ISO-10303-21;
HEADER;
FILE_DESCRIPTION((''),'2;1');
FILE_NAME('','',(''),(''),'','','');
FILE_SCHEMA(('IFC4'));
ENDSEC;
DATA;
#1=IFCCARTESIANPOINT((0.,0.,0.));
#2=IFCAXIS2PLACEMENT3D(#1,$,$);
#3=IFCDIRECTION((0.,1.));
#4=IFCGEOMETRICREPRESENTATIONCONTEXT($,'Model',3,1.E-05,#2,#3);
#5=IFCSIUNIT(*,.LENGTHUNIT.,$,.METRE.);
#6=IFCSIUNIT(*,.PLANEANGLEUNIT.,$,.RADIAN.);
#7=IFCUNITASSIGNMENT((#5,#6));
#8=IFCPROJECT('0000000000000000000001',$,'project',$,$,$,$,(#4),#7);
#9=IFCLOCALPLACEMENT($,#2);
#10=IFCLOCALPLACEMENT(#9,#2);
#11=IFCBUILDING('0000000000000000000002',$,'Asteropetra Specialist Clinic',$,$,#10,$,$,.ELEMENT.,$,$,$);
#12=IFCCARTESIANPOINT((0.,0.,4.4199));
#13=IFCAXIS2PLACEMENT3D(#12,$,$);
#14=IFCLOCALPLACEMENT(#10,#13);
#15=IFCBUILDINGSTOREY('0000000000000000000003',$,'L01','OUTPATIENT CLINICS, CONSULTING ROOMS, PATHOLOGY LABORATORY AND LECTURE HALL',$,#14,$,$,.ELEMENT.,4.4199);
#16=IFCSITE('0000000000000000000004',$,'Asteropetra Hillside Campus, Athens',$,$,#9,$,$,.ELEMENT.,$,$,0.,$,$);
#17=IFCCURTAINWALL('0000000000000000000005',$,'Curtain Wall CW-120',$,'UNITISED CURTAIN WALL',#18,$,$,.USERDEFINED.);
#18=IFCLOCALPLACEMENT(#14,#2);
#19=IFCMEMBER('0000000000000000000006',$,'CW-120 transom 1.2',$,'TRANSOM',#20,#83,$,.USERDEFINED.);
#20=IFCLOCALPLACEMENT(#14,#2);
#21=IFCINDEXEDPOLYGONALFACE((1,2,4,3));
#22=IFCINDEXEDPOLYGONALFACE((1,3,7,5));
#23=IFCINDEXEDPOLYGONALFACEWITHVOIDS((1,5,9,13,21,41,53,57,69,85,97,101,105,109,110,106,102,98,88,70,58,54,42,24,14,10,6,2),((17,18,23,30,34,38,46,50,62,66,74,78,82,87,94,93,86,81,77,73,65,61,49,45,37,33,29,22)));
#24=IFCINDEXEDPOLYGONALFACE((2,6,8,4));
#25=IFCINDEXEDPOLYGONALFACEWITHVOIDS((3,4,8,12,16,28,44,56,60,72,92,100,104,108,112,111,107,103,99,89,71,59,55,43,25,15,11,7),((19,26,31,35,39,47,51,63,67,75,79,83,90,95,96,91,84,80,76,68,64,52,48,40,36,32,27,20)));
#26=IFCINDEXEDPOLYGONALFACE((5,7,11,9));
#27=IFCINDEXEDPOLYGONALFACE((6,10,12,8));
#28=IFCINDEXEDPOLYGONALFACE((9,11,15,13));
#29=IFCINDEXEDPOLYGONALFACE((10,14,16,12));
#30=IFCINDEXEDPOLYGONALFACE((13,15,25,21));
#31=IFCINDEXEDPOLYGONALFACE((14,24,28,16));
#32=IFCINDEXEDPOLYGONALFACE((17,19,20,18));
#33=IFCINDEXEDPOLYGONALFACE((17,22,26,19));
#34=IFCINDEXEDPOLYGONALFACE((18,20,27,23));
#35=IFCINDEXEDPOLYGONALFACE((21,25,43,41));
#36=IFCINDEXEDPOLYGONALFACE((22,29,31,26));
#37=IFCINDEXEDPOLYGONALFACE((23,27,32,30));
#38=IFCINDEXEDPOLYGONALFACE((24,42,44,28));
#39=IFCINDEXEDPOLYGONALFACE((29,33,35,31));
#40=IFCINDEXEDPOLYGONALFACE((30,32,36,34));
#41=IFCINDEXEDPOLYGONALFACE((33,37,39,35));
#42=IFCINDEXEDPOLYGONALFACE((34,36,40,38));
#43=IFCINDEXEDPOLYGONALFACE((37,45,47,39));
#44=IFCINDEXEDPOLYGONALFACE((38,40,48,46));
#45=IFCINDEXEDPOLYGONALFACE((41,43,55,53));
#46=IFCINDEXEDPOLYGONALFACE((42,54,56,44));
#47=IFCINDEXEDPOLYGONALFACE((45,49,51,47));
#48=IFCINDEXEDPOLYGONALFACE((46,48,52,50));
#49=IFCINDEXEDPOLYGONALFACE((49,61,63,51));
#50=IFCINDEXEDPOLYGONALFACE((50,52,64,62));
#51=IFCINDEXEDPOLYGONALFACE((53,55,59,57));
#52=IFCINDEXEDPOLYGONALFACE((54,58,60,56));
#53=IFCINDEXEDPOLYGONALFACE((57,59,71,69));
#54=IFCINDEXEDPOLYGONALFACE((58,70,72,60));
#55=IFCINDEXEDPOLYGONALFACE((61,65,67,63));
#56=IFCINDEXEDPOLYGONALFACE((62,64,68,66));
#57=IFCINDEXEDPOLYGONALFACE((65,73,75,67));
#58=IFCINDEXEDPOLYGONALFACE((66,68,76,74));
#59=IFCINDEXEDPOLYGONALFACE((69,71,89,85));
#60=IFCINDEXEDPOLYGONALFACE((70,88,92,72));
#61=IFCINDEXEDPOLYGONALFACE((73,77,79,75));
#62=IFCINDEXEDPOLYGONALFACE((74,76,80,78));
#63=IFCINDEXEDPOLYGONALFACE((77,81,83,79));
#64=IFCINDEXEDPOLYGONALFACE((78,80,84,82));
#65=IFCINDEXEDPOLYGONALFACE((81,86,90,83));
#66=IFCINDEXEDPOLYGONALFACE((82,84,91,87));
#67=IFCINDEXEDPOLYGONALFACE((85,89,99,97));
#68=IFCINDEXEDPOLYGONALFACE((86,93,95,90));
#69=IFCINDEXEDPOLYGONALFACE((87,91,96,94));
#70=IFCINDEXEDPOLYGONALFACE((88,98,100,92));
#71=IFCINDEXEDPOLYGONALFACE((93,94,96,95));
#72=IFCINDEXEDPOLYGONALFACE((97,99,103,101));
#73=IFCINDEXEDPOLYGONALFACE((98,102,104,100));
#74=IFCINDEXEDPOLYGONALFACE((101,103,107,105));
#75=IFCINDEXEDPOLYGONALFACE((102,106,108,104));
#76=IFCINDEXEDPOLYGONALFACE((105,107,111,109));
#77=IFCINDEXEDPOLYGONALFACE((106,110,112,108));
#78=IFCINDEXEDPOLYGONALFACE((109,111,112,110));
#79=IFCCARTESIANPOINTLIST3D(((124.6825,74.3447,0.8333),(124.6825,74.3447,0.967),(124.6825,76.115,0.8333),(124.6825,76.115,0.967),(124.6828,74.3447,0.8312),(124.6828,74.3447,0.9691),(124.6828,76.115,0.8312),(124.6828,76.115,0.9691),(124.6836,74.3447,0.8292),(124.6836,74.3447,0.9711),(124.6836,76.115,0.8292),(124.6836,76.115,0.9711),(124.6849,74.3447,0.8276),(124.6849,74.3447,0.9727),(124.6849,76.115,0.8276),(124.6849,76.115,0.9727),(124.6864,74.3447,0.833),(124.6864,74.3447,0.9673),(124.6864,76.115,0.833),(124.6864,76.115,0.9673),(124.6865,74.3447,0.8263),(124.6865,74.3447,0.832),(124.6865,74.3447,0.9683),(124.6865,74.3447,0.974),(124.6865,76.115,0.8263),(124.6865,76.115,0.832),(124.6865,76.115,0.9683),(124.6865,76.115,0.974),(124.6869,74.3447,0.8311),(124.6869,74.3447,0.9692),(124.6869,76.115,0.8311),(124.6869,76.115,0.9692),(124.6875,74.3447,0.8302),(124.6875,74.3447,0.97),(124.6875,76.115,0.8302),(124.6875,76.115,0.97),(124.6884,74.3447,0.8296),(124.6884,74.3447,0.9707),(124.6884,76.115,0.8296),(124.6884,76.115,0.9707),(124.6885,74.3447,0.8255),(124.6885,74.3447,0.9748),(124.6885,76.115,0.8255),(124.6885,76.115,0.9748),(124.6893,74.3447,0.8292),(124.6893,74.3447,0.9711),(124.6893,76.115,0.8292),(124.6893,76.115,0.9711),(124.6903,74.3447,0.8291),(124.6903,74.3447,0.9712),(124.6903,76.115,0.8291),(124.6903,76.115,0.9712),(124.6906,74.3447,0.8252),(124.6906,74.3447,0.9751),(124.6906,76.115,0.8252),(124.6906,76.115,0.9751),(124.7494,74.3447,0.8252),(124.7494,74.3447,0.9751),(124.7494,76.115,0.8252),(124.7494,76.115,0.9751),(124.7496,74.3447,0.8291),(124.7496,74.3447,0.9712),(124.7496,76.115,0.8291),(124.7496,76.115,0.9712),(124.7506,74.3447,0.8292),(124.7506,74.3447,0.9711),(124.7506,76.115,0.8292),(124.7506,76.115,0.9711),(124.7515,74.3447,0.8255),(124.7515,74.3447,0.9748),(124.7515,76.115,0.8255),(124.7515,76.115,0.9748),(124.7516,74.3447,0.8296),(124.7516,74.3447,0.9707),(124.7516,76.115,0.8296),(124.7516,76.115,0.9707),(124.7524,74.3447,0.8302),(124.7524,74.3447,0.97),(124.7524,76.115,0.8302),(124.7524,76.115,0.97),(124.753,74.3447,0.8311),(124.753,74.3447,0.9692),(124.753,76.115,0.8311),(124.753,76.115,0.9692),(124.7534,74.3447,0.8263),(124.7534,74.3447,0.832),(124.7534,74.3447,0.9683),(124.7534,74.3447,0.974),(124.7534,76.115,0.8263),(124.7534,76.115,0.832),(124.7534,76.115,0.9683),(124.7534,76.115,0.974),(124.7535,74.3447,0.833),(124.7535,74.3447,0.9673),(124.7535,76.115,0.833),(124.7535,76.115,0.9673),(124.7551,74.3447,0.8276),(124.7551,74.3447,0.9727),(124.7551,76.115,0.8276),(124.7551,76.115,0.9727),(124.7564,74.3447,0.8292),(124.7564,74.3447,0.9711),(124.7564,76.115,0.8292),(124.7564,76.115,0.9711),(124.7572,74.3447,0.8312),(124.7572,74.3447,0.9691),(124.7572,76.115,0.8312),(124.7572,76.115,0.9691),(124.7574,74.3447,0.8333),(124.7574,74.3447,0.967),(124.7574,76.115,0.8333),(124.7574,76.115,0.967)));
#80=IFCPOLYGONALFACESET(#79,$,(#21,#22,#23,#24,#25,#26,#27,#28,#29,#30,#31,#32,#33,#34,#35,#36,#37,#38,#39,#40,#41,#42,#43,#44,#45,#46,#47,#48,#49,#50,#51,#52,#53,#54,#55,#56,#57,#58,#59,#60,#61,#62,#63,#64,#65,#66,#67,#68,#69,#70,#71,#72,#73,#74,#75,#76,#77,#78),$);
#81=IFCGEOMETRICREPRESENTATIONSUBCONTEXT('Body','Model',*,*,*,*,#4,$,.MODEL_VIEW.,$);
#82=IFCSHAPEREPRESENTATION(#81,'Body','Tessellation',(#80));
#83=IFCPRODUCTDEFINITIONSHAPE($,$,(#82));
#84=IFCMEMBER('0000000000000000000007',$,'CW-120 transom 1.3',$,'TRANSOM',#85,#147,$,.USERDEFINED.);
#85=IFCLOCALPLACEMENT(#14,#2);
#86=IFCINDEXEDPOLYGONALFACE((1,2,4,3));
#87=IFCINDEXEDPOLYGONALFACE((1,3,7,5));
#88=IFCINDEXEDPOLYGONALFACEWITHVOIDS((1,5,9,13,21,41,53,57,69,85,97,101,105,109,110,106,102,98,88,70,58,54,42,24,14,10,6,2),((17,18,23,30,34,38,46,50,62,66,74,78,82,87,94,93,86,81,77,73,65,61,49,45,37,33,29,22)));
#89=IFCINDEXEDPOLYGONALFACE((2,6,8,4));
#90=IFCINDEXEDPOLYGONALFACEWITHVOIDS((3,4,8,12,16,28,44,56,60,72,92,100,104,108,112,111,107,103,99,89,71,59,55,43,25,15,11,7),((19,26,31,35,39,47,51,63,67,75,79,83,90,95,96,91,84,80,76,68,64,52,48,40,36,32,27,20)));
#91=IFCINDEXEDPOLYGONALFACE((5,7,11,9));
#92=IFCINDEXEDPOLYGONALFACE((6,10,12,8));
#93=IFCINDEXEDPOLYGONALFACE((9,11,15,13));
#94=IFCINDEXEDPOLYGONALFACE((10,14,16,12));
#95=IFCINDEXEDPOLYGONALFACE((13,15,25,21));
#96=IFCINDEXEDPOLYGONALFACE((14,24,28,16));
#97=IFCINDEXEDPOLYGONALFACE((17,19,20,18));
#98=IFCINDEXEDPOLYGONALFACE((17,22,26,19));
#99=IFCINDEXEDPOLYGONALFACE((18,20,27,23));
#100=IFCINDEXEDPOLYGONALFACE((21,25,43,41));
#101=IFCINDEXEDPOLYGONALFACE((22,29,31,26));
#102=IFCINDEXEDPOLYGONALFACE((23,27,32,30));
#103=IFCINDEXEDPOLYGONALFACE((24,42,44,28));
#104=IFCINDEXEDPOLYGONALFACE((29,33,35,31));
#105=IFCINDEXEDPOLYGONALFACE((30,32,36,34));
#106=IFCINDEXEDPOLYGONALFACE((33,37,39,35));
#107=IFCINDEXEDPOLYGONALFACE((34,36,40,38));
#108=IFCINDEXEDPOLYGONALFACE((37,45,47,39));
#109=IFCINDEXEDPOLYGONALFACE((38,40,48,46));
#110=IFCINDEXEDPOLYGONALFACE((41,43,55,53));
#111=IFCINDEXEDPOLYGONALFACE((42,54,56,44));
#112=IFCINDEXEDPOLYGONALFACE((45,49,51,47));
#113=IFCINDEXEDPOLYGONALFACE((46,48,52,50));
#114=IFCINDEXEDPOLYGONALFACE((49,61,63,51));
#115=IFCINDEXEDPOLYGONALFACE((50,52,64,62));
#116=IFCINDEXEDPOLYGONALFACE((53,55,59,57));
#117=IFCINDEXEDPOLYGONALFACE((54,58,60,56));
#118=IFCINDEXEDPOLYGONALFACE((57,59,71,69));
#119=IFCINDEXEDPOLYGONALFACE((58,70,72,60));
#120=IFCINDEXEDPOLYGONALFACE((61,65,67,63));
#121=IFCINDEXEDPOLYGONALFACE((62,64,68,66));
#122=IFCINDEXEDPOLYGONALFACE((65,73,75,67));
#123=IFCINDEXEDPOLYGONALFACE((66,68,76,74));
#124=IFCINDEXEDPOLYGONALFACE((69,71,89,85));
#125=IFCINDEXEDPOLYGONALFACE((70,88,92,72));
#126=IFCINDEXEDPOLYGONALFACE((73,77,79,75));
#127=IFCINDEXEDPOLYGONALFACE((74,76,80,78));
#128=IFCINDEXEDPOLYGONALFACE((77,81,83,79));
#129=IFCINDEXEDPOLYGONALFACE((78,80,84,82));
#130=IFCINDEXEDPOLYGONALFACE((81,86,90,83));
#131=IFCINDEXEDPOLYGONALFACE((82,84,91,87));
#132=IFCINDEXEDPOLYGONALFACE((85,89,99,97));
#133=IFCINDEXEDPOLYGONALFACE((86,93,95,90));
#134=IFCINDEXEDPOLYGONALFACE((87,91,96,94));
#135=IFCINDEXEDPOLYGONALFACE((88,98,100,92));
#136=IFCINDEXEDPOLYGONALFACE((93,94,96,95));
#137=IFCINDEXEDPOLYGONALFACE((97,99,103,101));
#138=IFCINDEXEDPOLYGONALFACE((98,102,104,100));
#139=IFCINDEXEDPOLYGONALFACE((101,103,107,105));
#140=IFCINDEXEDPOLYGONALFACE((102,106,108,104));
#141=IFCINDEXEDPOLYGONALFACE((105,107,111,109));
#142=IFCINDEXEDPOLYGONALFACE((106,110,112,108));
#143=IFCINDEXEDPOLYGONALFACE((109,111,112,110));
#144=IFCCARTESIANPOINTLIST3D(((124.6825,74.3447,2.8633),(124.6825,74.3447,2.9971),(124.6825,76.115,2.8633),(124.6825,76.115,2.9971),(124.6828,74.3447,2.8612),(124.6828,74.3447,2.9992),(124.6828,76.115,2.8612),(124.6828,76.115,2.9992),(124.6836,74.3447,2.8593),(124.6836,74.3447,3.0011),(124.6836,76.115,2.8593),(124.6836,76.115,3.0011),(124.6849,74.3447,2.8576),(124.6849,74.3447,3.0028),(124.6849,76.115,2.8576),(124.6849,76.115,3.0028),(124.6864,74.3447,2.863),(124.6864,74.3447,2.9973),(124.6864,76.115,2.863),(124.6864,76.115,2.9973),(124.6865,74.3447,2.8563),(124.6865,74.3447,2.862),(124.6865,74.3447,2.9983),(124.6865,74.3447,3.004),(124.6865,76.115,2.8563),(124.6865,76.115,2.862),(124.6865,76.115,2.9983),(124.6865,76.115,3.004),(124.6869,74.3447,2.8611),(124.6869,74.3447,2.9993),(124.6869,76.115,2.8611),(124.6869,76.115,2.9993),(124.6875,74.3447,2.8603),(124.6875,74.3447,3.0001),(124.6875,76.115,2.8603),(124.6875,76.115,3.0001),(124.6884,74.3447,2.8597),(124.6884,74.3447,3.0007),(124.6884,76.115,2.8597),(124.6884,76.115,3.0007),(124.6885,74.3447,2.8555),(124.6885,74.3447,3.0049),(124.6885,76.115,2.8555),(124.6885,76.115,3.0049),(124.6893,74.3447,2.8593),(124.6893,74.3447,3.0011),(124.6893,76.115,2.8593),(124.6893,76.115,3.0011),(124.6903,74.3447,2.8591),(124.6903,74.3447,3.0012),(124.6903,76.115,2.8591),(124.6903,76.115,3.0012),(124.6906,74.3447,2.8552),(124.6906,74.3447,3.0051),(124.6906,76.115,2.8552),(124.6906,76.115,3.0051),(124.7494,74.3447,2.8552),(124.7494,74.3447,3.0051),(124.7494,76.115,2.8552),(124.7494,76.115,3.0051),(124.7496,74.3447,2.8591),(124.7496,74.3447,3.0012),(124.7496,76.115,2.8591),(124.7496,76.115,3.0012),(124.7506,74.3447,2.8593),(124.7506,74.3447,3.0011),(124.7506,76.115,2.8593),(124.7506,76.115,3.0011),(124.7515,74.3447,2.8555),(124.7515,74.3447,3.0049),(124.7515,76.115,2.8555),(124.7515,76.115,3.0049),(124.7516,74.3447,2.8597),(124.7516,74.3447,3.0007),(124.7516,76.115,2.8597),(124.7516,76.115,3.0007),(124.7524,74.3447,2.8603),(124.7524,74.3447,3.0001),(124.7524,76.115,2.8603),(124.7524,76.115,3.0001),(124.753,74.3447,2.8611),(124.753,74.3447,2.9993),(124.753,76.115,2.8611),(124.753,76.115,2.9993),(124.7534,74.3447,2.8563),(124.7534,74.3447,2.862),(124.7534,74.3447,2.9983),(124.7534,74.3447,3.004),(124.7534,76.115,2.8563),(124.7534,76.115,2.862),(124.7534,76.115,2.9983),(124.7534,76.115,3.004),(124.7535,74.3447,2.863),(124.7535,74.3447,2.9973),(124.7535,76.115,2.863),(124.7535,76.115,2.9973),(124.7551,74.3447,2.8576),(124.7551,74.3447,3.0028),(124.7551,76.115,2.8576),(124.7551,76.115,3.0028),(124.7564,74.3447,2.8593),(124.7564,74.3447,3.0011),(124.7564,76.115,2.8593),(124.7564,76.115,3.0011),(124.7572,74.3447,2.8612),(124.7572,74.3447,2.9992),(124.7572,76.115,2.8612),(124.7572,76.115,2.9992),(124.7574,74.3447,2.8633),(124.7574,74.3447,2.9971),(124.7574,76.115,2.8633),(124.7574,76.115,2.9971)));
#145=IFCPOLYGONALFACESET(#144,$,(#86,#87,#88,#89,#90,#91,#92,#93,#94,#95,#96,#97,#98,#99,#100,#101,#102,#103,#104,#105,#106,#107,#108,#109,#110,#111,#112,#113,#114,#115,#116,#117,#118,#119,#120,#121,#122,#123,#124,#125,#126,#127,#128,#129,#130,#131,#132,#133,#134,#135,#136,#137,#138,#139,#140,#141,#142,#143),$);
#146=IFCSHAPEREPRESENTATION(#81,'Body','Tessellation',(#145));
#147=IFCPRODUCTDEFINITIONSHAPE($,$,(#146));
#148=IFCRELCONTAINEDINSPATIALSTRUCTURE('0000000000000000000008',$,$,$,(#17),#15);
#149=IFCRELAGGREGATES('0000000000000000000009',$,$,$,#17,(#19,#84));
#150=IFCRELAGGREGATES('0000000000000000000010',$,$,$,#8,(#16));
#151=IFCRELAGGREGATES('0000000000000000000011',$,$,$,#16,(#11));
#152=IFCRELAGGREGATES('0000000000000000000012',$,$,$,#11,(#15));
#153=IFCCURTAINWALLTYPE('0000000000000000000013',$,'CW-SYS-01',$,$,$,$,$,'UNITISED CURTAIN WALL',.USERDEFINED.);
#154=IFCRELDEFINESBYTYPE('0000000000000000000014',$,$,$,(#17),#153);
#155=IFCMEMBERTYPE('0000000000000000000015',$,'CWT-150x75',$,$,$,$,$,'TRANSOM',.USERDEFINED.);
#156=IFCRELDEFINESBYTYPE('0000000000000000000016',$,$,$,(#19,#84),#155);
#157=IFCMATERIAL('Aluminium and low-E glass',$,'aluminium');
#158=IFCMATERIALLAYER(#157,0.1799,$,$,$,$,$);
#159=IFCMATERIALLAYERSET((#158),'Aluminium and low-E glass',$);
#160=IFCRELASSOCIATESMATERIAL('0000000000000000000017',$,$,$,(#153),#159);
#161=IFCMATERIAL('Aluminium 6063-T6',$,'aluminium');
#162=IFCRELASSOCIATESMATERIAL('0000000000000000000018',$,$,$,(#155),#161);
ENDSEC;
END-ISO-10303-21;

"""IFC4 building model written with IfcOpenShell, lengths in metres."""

from ifc_helpers import new_model, si_unit, direction, frame, origin, origin_2d, place, context, subcontext, project, spatial, hollow_rectangle, extrude, material, layer, layer_set, material_profile, profile_set, type_object, element, aggregate, save


model = new_model("IFC4")

# Units and contexts
model_context = context("Model", 3, precision=1e-05, world=origin(), true_north=direction((0.0, 1.0)))
body_context = subcontext(model_context, "Body", "Model", "MODEL_VIEW")
ifc_project = project(units=[si_unit("LENGTHUNIT", "METRE"), si_unit("PLANEANGLEUNIT", "RADIAN")], contexts=[model_context])

# Site, building, storey
site_placement = place(None, origin())
site = spatial("IfcSite", under=ifc_project, at=site_placement, Name="Asteropetra Hillside Campus, Athens", CompositionType="ELEMENT", RefElevation=0.0)
building_placement = place(site_placement, origin())
building = spatial("IfcBuilding", under=site, at=building_placement, Name="Asteropetra Specialist Clinic", CompositionType="ELEMENT")
storey_placement = place(building_placement, frame((0.0, 0.0, 4.4199)))
storey = spatial("IfcBuildingStorey", under=building, at=storey_placement, Name="L01", Description="OUTPATIENT CLINICS, CONSULTING ROOMS, PATHOLOGY LABORATORY AND LECTURE HALL", CompositionType="ELEMENT", Elevation=4.4199)

# Curtain wall, members
ifc_material_1 = material(Name="Aluminium and low-E glass", Category="aluminium")
ifc_layer_1 = layer(ifc_material_1, 0.1799)
ifc_layer_set_1 = layer_set([ifc_layer_1], Name="Aluminium and low-E glass")
curtain_wall_type = type_object("IfcCurtainWallType", Name="CW-SYS-01", ElementType="UNITISED CURTAIN WALL", PredefinedType="USERDEFINED", material=ifc_layer_set_1)
curtain_wall_placement = place(storey_placement, origin())
curtain_wall = element("IfcCurtainWall", 1, at=curtain_wall_placement, inside=storey, type_object=curtain_wall_type, Name="Curtain Wall CW-120", ObjectType="UNITISED CURTAIN WALL", PredefinedType="USERDEFINED")
ifc_material_2 = material(Name="Aluminium 6063-T6", Category="aluminium")
ifc_material_profile_1 = material_profile(ifc_material_2, hollow_rectangle(XDim=0.075, YDim=0.1499, WallThickness=0.0039, InnerFilletRadius=0.0039, OuterFilletRadius=0.0081, at=origin_2d()), Name="TRN 150x75x4.0")
ifc_profile_set_1 = profile_set([ifc_material_profile_1], Name="Aluminium 6063-T6")
member_type_1 = type_object("IfcMemberType", Name="CWT-150x75", ElementType="TRANSOM", PredefinedType="USERDEFINED", material=ifc_profile_set_1)
member_1_placement = place(storey_placement, frame((124.72, 76.115, 0.9001), z_axis=(0.0, -1.0, 0.0), x_axis=(1.0, 0.0, 0.0)))
member_1 = element("IfcMember", 2, at=member_1_placement, type_object=member_type_1, Name="CW-120 transom 1.2", ObjectType="TRANSOM", PredefinedType="USERDEFINED", context=body_context, shape_type="SweptSolid", body=[
    extrude(hollow_rectangle(XDim=0.075, YDim=0.1499, WallThickness=0.0039, InnerFilletRadius=0.0039, OuterFilletRadius=0.0081, at=origin_2d()), origin(), (0.0, 0.0, 1.0), 1.7703),
])
member_2_placement = place(storey_placement, frame((124.72, 76.115, 2.9302), z_axis=(0.0, -1.0, 0.0), x_axis=(1.0, 0.0, 0.0)))
member_2 = element("IfcMember", 3, at=member_2_placement, type_object=member_type_1, Name="CW-120 transom 1.3", ObjectType="TRANSOM", PredefinedType="USERDEFINED", context=body_context, shape_type="SweptSolid", body=[
    extrude(hollow_rectangle(XDim=0.075, YDim=0.1499, WallThickness=0.0039, InnerFilletRadius=0.0039, OuterFilletRadius=0.0081, at=origin_2d()), origin(), (0.0, 0.0, 1.0), 1.7703),
])

aggregate(curtain_wall, [member_1, member_2])

save(model, "model.ifc")
